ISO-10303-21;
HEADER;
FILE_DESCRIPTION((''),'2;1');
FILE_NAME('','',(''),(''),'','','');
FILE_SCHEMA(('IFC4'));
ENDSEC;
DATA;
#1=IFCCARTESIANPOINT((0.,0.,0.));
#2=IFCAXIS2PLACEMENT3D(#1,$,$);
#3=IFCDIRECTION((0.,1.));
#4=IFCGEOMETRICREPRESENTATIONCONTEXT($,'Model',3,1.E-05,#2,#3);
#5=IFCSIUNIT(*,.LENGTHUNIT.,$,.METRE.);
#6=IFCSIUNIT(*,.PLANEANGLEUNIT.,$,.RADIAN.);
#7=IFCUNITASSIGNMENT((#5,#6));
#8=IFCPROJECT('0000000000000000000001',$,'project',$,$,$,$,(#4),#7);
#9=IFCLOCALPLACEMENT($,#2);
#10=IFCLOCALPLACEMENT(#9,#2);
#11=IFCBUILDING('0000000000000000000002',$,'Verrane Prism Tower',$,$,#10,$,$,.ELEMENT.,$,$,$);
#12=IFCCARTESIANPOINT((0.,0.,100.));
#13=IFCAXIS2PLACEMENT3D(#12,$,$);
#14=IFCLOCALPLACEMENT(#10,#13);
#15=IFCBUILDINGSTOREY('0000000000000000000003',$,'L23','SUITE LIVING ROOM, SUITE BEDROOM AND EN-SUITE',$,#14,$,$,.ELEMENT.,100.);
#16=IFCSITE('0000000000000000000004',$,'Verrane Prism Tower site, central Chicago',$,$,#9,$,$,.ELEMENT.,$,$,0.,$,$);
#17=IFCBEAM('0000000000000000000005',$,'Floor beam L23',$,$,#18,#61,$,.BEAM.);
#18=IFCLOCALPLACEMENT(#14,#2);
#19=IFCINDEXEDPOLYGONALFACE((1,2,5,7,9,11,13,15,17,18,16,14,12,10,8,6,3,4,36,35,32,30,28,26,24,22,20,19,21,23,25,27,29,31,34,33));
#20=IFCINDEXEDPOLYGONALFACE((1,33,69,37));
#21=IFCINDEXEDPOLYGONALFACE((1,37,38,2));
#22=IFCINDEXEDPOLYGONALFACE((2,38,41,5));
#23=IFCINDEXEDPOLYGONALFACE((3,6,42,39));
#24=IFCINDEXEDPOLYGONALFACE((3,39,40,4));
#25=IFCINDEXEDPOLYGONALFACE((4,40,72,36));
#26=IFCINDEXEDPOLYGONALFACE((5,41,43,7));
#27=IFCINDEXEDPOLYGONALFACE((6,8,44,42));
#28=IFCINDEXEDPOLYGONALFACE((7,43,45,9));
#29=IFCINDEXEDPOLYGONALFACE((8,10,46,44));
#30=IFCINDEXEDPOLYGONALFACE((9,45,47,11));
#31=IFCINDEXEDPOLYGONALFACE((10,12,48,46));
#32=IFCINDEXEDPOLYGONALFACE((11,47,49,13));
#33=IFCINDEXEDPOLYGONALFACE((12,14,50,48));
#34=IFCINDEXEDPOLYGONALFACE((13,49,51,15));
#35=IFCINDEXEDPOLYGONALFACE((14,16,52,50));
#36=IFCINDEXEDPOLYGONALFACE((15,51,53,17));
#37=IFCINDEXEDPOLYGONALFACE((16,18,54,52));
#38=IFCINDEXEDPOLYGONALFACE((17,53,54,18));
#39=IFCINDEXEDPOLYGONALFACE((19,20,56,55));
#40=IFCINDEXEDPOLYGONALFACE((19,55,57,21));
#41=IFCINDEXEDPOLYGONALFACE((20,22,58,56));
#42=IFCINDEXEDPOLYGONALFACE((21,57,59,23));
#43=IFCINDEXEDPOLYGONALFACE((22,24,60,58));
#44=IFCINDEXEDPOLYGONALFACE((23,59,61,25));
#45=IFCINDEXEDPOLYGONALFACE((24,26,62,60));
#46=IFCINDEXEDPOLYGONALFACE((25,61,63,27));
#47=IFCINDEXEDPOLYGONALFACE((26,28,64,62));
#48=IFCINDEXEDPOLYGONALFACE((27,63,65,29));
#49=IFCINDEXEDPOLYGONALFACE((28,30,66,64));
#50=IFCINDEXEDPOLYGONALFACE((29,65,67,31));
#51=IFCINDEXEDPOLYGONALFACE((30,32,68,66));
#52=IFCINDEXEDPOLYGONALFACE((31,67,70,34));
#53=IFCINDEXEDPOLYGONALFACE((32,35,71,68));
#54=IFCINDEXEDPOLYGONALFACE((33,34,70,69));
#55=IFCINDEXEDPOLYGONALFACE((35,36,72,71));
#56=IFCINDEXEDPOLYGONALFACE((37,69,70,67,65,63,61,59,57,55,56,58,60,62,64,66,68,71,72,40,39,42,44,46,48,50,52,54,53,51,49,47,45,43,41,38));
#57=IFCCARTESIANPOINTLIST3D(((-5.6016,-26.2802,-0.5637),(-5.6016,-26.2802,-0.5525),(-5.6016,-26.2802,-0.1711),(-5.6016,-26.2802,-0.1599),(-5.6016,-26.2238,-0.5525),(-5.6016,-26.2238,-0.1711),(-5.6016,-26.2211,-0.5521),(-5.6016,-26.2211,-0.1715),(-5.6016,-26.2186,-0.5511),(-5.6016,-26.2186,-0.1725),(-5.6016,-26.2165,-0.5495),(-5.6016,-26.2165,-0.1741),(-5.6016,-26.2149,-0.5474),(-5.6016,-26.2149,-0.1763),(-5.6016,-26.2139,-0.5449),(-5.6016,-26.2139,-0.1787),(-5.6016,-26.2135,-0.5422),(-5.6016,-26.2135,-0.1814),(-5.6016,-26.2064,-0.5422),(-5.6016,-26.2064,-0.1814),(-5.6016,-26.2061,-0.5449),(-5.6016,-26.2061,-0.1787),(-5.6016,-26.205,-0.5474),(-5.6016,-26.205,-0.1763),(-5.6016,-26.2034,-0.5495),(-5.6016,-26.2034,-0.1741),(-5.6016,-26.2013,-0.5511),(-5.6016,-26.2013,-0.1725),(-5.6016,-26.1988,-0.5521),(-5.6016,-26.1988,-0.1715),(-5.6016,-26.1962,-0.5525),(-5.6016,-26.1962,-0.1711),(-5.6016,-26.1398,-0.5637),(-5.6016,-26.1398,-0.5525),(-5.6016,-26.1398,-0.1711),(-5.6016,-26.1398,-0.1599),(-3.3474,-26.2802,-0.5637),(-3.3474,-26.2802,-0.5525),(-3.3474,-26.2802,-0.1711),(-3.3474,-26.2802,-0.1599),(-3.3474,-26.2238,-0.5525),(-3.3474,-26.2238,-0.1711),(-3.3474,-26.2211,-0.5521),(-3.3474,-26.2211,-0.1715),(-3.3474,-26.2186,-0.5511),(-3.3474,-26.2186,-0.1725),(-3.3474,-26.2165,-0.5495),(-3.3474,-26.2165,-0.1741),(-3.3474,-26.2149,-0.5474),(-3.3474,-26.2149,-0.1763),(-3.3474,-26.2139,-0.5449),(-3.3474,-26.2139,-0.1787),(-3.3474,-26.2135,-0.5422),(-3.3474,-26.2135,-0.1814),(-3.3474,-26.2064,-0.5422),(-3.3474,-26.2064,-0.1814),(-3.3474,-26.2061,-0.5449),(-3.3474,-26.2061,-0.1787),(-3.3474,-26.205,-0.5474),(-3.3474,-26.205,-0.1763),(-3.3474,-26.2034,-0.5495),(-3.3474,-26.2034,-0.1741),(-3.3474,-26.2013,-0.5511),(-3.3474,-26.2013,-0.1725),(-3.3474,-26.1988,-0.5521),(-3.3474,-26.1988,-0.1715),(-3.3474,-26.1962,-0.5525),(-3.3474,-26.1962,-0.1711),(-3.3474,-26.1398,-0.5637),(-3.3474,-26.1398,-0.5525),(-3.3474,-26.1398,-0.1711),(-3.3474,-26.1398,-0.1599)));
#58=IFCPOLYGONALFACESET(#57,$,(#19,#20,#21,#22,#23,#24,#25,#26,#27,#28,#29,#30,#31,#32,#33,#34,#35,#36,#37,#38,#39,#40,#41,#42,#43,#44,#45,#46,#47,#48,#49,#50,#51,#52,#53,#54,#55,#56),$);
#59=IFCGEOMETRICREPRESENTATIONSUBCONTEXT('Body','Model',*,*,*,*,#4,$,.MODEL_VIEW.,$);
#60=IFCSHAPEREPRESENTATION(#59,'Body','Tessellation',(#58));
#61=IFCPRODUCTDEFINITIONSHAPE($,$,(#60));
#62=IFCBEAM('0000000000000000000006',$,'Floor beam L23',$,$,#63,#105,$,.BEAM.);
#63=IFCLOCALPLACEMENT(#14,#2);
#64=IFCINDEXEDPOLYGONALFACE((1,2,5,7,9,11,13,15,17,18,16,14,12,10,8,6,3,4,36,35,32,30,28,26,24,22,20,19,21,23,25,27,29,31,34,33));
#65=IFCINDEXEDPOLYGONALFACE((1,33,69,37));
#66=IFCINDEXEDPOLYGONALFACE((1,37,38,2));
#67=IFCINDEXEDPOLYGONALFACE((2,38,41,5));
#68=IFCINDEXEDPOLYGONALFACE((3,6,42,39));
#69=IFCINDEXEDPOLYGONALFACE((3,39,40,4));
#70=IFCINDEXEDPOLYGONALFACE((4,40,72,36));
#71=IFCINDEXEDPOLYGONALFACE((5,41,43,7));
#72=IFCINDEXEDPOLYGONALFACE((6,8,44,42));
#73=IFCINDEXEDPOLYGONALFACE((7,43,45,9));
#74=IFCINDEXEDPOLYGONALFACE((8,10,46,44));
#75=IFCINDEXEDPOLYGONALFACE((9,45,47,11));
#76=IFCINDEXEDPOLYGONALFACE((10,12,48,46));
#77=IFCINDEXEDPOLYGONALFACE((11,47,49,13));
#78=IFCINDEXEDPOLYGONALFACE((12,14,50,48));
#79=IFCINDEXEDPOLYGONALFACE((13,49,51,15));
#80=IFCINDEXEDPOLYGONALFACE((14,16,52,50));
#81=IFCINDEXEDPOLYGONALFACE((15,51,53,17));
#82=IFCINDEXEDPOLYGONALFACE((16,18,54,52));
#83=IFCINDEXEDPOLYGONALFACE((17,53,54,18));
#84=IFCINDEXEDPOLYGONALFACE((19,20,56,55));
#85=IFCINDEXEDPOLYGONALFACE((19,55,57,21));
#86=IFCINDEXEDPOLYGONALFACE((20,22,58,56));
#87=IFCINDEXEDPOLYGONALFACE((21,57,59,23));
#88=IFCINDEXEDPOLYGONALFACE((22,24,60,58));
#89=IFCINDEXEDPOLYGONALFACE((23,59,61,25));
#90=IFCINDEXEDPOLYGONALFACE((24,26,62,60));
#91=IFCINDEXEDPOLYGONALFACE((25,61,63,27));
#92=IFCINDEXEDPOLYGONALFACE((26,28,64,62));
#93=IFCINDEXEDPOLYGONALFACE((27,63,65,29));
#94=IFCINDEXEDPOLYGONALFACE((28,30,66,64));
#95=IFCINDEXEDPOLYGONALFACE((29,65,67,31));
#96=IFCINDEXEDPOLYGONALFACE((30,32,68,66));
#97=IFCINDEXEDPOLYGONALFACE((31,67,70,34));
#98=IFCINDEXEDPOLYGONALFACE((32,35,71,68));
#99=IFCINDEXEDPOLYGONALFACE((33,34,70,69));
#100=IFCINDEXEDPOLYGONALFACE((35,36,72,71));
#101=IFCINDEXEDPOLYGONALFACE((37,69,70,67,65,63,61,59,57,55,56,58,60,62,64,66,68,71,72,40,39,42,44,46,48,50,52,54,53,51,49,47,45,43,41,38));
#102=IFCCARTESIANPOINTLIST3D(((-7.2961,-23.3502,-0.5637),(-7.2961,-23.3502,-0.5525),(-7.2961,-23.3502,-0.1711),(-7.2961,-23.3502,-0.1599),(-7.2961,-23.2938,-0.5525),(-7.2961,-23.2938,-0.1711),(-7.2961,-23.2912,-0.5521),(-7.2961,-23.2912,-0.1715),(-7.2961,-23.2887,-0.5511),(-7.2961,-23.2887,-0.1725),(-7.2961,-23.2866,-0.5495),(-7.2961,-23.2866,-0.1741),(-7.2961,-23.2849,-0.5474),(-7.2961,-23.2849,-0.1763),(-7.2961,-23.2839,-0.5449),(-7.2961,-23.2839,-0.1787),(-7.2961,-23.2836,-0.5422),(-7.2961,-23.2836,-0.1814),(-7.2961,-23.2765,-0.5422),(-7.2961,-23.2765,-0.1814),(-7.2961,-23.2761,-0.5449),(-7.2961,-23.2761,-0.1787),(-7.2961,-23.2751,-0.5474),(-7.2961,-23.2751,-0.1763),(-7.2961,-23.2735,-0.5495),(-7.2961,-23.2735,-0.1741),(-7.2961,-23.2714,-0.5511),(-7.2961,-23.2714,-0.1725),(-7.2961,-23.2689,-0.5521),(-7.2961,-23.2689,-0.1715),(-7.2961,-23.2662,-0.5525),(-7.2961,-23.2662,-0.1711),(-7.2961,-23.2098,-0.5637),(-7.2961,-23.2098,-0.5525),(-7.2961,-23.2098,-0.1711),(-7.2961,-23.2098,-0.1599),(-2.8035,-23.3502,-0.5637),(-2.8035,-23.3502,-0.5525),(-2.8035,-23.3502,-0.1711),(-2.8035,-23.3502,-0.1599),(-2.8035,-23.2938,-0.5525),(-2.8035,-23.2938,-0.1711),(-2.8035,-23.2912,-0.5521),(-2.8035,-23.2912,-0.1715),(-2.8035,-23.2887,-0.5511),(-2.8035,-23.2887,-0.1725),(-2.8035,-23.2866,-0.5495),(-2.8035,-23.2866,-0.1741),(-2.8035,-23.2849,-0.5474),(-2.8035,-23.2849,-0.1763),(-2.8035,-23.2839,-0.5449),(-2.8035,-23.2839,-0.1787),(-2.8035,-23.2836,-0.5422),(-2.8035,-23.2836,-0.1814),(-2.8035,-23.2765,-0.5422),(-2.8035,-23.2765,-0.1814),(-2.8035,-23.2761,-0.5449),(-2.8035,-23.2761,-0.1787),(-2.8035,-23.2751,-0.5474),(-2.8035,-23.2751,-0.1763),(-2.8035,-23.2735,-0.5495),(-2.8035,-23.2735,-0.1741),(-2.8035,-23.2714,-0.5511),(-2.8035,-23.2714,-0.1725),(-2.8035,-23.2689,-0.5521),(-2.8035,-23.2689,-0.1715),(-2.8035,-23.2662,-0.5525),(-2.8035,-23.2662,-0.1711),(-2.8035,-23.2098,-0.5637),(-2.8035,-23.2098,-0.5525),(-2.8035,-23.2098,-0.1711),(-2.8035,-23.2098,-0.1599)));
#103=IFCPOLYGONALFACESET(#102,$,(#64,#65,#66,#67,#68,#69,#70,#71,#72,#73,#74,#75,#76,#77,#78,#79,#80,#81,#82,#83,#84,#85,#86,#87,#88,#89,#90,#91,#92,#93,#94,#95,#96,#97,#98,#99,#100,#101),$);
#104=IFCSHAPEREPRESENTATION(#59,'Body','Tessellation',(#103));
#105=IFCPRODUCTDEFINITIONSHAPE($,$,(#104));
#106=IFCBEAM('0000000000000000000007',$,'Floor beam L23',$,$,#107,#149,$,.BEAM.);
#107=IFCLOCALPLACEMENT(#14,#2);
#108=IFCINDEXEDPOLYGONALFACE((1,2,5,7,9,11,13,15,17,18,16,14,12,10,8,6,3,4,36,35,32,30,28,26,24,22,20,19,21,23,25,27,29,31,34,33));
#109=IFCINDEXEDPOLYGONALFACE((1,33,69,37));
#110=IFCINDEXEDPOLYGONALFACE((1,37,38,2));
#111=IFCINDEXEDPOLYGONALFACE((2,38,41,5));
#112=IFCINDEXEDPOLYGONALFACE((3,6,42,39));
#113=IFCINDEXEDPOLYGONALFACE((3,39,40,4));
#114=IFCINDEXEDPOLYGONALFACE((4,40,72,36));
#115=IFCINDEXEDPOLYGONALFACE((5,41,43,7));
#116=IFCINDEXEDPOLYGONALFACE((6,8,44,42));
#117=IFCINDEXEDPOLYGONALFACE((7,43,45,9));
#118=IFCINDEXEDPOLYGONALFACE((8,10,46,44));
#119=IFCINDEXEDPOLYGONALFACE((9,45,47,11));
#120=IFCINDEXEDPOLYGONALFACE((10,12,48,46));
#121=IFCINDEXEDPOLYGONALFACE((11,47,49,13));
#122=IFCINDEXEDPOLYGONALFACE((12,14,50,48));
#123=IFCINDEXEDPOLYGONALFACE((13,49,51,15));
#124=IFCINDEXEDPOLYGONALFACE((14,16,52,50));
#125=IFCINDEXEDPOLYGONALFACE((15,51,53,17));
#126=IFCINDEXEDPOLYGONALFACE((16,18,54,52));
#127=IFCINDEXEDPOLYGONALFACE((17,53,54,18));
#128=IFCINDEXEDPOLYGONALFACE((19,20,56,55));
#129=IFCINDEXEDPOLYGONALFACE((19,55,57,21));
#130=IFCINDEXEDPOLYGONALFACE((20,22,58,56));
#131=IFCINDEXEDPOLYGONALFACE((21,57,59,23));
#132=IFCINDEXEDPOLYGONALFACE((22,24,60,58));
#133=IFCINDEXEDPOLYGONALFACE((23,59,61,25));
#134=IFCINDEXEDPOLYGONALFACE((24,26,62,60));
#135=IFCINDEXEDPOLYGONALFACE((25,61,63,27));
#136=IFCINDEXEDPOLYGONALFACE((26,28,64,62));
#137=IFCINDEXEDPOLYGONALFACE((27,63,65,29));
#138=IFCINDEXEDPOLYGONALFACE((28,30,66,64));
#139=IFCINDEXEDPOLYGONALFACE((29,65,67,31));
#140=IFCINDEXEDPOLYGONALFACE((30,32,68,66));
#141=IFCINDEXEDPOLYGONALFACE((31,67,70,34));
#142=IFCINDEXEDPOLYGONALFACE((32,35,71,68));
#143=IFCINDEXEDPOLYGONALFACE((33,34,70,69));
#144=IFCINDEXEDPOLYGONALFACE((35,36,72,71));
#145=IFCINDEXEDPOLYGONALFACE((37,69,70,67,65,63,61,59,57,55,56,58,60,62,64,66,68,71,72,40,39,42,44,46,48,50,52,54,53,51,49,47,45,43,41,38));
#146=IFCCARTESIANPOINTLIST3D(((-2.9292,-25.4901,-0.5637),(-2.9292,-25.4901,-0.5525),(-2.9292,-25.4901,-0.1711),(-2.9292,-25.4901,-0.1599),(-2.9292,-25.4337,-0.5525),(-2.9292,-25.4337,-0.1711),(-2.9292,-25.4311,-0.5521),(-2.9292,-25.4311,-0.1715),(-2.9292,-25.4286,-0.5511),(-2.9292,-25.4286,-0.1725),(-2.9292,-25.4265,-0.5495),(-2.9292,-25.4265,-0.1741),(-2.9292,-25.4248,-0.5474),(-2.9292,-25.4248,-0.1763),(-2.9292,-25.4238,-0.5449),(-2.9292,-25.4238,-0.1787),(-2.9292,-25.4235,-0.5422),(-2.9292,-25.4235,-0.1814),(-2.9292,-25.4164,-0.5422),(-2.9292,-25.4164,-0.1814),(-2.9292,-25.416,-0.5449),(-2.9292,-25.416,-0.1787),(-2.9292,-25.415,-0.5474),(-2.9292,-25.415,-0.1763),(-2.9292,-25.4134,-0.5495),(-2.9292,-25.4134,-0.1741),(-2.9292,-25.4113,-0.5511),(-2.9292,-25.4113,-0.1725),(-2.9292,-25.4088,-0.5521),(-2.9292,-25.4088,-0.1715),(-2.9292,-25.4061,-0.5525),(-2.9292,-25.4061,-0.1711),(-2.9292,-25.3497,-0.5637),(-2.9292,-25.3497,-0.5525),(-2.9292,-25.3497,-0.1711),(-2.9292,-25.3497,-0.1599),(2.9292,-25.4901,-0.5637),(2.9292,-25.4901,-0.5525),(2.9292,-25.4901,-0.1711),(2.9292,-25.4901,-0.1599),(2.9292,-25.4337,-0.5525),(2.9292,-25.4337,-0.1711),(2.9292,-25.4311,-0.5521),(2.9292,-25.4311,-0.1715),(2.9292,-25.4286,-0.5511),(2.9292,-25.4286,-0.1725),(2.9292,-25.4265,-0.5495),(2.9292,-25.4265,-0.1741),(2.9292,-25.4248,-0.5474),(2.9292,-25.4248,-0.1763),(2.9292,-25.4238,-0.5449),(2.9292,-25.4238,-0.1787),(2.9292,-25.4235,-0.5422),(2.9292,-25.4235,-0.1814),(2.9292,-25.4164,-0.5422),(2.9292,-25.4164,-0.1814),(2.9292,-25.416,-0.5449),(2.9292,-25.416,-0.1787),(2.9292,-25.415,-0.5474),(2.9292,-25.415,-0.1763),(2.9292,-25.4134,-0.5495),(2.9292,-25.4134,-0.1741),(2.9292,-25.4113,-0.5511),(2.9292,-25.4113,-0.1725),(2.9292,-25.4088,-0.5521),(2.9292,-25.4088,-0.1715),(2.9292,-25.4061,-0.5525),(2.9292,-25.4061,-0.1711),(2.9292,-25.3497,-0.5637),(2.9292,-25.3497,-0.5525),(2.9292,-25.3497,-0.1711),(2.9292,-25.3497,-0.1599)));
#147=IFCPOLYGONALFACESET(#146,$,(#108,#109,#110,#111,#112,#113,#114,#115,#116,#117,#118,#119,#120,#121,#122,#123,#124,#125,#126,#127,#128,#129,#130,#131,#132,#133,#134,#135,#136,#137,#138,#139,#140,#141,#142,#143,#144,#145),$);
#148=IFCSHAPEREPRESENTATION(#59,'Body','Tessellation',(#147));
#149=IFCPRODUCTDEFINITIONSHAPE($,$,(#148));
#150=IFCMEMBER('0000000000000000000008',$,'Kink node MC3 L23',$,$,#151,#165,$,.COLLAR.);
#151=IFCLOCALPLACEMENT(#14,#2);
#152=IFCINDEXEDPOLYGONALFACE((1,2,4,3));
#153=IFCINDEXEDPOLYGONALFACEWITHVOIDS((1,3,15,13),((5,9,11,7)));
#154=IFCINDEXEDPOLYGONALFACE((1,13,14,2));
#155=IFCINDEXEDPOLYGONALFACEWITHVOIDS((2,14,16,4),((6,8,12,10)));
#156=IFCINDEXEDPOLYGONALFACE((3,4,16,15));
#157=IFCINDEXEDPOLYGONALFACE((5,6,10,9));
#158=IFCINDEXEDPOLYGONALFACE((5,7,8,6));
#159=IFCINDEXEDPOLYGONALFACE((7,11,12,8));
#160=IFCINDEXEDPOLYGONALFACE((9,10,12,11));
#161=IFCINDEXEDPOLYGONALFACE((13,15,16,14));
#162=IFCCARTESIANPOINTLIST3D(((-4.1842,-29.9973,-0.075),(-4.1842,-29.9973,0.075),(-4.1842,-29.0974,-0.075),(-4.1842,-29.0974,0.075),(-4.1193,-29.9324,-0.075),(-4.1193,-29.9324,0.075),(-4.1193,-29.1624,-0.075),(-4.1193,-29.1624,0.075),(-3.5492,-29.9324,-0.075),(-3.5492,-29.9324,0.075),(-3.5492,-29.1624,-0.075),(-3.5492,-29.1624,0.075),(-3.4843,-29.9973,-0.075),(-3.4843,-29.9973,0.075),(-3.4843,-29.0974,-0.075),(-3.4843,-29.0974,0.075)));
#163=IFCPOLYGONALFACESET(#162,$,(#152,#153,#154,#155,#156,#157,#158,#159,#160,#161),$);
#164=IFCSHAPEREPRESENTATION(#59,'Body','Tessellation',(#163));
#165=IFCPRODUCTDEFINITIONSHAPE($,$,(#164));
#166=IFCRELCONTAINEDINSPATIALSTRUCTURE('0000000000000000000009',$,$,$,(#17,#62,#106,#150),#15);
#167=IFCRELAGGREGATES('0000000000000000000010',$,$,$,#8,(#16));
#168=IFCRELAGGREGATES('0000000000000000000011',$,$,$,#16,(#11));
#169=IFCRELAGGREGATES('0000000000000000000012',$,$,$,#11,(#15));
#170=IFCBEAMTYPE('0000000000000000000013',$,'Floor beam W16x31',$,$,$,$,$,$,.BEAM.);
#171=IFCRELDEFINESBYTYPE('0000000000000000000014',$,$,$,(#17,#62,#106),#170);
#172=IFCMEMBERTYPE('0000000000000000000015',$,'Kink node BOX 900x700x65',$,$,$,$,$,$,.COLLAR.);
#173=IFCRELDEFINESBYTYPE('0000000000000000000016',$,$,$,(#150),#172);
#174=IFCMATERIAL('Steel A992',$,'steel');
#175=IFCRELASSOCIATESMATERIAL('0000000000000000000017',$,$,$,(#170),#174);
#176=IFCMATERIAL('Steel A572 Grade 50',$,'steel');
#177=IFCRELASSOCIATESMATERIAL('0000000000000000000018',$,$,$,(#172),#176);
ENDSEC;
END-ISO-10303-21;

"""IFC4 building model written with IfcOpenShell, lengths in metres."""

from ifc_helpers import new_model, si_unit, direction, frame, origin, origin_2d, place, context, subcontext, project, spatial, hollow_rectangle, i_section, extrude, material, material_profile, profile_set, type_object, element, save


model = new_model("IFC4")

# Units and contexts
model_context = context("Model", 3, precision=1e-05, world=origin(), true_north=direction((0.0, 1.0)))
body_context = subcontext(model_context, "Body", "Model", "MODEL_VIEW")
ifc_project = project(units=[si_unit("LENGTHUNIT", "METRE"), si_unit("PLANEANGLEUNIT", "RADIAN")], contexts=[model_context])

# Site, building, storey
site_placement = place(None, origin())
site = spatial("IfcSite", under=ifc_project, at=site_placement, Name="Verrane Prism Tower site, central Chicago", CompositionType="ELEMENT", RefElevation=0.0)
building_placement = place(site_placement, origin())
building = spatial("IfcBuilding", under=site, at=building_placement, Name="Verrane Prism Tower", CompositionType="ELEMENT")
storey_placement = place(building_placement, frame((0.0, 0.0, 100.0)))
storey = spatial("IfcBuildingStorey", under=building, at=storey_placement, Name="L23", Description="SUITE LIVING ROOM, SUITE BEDROOM AND EN-SUITE", CompositionType="ELEMENT", Elevation=100.0)

# Beams
ifc_material_1 = material(Name="Steel A992", Category="steel")
ifc_material_profile_1 = material_profile(ifc_material_1, i_section(OverallWidth=0.1404, OverallDepth=0.4038, WebThickness=0.0071, FlangeThickness=0.0112, FilletRadius=0.0103, at=origin_2d()), Name="W16x31")
ifc_profile_set_1 = profile_set([ifc_material_profile_1], Name="Steel A992")
beam_type_1 = type_object("IfcBeamType", Name="Floor beam W16x31", PredefinedType="BEAM", material=ifc_profile_set_1)
beam_1_placement = place(storey_placement, frame((-5.6016, -26.21, -0.3618), z_axis=(1.0, 0.0, 0.0), x_axis=(0.0, 1.0, 0.0)))
element("IfcBeam", 1, at=beam_1_placement, inside=storey, type_object=beam_type_1, Name="Floor beam L23", PredefinedType="BEAM", context=body_context, shape_type="SweptSolid", body=[
    extrude(i_section(OverallWidth=0.1404, OverallDepth=0.4038, WebThickness=0.0071, FlangeThickness=0.0112, FilletRadius=0.0103, at=origin_2d()), origin(), (0.0, 0.0, 1.0), 2.2542),
])
beam_2_placement = place(storey_placement, frame((-7.2961, -23.28, -0.3618), z_axis=(1.0, 0.0, 0.0), x_axis=(0.0, 1.0, 0.0)))
element("IfcBeam", 2, at=beam_2_placement, inside=storey, type_object=beam_type_1, Name="Floor beam L23", PredefinedType="BEAM", context=body_context, shape_type="SweptSolid", body=[
    extrude(i_section(OverallWidth=0.1404, OverallDepth=0.4038, WebThickness=0.0071, FlangeThickness=0.0112, FilletRadius=0.0103, at=origin_2d()), origin(), (0.0, 0.0, 1.0), 4.4927),
])
beam_3_placement = place(storey_placement, frame((-2.9292, -25.4199, -0.3618), z_axis=(1.0, 0.0, 0.0), x_axis=(0.0, 1.0, 0.0)))
element("IfcBeam", 3, at=beam_3_placement, inside=storey, type_object=beam_type_1, Name="Floor beam L23", PredefinedType="BEAM", context=body_context, shape_type="SweptSolid", body=[
    extrude(i_section(OverallWidth=0.1404, OverallDepth=0.4038, WebThickness=0.0071, FlangeThickness=0.0112, FilletRadius=0.0103, at=origin_2d()), origin(), (0.0, 0.0, 1.0), 5.8584),
])

# Member
ifc_material_2 = material(Name="Steel A572 Grade 50", Category="steel")
ifc_material_profile_2 = material_profile(ifc_material_2, hollow_rectangle(XDim=0.7, YDim=0.8999, WallThickness=0.0649, at=origin_2d()), Name="BOX 900x700x65")
ifc_profile_set_2 = profile_set([ifc_material_profile_2], Name="Steel A572 Grade 50")
member_type_1 = type_object("IfcMemberType", Name="Kink node BOX 900x700x65", PredefinedType="COLLAR", material=ifc_profile_set_2)
member_1_placement = place(storey_placement, frame((-3.8342, -29.5474, -0.075), z_axis=(0.0, 0.0, 1.0), x_axis=(-1.0, 0.0, 0.0)))
element("IfcMember", 4, at=member_1_placement, inside=storey, type_object=member_type_1, Name="Kink node MC3 L23", PredefinedType="COLLAR", context=body_context, shape_type="SweptSolid", body=[
    extrude(hollow_rectangle(XDim=0.7, YDim=0.8999, WallThickness=0.0649, at=origin_2d()), origin(), (0.0, 0.0, 1.0), 0.1499),
])

save(model, "model.ifc")
